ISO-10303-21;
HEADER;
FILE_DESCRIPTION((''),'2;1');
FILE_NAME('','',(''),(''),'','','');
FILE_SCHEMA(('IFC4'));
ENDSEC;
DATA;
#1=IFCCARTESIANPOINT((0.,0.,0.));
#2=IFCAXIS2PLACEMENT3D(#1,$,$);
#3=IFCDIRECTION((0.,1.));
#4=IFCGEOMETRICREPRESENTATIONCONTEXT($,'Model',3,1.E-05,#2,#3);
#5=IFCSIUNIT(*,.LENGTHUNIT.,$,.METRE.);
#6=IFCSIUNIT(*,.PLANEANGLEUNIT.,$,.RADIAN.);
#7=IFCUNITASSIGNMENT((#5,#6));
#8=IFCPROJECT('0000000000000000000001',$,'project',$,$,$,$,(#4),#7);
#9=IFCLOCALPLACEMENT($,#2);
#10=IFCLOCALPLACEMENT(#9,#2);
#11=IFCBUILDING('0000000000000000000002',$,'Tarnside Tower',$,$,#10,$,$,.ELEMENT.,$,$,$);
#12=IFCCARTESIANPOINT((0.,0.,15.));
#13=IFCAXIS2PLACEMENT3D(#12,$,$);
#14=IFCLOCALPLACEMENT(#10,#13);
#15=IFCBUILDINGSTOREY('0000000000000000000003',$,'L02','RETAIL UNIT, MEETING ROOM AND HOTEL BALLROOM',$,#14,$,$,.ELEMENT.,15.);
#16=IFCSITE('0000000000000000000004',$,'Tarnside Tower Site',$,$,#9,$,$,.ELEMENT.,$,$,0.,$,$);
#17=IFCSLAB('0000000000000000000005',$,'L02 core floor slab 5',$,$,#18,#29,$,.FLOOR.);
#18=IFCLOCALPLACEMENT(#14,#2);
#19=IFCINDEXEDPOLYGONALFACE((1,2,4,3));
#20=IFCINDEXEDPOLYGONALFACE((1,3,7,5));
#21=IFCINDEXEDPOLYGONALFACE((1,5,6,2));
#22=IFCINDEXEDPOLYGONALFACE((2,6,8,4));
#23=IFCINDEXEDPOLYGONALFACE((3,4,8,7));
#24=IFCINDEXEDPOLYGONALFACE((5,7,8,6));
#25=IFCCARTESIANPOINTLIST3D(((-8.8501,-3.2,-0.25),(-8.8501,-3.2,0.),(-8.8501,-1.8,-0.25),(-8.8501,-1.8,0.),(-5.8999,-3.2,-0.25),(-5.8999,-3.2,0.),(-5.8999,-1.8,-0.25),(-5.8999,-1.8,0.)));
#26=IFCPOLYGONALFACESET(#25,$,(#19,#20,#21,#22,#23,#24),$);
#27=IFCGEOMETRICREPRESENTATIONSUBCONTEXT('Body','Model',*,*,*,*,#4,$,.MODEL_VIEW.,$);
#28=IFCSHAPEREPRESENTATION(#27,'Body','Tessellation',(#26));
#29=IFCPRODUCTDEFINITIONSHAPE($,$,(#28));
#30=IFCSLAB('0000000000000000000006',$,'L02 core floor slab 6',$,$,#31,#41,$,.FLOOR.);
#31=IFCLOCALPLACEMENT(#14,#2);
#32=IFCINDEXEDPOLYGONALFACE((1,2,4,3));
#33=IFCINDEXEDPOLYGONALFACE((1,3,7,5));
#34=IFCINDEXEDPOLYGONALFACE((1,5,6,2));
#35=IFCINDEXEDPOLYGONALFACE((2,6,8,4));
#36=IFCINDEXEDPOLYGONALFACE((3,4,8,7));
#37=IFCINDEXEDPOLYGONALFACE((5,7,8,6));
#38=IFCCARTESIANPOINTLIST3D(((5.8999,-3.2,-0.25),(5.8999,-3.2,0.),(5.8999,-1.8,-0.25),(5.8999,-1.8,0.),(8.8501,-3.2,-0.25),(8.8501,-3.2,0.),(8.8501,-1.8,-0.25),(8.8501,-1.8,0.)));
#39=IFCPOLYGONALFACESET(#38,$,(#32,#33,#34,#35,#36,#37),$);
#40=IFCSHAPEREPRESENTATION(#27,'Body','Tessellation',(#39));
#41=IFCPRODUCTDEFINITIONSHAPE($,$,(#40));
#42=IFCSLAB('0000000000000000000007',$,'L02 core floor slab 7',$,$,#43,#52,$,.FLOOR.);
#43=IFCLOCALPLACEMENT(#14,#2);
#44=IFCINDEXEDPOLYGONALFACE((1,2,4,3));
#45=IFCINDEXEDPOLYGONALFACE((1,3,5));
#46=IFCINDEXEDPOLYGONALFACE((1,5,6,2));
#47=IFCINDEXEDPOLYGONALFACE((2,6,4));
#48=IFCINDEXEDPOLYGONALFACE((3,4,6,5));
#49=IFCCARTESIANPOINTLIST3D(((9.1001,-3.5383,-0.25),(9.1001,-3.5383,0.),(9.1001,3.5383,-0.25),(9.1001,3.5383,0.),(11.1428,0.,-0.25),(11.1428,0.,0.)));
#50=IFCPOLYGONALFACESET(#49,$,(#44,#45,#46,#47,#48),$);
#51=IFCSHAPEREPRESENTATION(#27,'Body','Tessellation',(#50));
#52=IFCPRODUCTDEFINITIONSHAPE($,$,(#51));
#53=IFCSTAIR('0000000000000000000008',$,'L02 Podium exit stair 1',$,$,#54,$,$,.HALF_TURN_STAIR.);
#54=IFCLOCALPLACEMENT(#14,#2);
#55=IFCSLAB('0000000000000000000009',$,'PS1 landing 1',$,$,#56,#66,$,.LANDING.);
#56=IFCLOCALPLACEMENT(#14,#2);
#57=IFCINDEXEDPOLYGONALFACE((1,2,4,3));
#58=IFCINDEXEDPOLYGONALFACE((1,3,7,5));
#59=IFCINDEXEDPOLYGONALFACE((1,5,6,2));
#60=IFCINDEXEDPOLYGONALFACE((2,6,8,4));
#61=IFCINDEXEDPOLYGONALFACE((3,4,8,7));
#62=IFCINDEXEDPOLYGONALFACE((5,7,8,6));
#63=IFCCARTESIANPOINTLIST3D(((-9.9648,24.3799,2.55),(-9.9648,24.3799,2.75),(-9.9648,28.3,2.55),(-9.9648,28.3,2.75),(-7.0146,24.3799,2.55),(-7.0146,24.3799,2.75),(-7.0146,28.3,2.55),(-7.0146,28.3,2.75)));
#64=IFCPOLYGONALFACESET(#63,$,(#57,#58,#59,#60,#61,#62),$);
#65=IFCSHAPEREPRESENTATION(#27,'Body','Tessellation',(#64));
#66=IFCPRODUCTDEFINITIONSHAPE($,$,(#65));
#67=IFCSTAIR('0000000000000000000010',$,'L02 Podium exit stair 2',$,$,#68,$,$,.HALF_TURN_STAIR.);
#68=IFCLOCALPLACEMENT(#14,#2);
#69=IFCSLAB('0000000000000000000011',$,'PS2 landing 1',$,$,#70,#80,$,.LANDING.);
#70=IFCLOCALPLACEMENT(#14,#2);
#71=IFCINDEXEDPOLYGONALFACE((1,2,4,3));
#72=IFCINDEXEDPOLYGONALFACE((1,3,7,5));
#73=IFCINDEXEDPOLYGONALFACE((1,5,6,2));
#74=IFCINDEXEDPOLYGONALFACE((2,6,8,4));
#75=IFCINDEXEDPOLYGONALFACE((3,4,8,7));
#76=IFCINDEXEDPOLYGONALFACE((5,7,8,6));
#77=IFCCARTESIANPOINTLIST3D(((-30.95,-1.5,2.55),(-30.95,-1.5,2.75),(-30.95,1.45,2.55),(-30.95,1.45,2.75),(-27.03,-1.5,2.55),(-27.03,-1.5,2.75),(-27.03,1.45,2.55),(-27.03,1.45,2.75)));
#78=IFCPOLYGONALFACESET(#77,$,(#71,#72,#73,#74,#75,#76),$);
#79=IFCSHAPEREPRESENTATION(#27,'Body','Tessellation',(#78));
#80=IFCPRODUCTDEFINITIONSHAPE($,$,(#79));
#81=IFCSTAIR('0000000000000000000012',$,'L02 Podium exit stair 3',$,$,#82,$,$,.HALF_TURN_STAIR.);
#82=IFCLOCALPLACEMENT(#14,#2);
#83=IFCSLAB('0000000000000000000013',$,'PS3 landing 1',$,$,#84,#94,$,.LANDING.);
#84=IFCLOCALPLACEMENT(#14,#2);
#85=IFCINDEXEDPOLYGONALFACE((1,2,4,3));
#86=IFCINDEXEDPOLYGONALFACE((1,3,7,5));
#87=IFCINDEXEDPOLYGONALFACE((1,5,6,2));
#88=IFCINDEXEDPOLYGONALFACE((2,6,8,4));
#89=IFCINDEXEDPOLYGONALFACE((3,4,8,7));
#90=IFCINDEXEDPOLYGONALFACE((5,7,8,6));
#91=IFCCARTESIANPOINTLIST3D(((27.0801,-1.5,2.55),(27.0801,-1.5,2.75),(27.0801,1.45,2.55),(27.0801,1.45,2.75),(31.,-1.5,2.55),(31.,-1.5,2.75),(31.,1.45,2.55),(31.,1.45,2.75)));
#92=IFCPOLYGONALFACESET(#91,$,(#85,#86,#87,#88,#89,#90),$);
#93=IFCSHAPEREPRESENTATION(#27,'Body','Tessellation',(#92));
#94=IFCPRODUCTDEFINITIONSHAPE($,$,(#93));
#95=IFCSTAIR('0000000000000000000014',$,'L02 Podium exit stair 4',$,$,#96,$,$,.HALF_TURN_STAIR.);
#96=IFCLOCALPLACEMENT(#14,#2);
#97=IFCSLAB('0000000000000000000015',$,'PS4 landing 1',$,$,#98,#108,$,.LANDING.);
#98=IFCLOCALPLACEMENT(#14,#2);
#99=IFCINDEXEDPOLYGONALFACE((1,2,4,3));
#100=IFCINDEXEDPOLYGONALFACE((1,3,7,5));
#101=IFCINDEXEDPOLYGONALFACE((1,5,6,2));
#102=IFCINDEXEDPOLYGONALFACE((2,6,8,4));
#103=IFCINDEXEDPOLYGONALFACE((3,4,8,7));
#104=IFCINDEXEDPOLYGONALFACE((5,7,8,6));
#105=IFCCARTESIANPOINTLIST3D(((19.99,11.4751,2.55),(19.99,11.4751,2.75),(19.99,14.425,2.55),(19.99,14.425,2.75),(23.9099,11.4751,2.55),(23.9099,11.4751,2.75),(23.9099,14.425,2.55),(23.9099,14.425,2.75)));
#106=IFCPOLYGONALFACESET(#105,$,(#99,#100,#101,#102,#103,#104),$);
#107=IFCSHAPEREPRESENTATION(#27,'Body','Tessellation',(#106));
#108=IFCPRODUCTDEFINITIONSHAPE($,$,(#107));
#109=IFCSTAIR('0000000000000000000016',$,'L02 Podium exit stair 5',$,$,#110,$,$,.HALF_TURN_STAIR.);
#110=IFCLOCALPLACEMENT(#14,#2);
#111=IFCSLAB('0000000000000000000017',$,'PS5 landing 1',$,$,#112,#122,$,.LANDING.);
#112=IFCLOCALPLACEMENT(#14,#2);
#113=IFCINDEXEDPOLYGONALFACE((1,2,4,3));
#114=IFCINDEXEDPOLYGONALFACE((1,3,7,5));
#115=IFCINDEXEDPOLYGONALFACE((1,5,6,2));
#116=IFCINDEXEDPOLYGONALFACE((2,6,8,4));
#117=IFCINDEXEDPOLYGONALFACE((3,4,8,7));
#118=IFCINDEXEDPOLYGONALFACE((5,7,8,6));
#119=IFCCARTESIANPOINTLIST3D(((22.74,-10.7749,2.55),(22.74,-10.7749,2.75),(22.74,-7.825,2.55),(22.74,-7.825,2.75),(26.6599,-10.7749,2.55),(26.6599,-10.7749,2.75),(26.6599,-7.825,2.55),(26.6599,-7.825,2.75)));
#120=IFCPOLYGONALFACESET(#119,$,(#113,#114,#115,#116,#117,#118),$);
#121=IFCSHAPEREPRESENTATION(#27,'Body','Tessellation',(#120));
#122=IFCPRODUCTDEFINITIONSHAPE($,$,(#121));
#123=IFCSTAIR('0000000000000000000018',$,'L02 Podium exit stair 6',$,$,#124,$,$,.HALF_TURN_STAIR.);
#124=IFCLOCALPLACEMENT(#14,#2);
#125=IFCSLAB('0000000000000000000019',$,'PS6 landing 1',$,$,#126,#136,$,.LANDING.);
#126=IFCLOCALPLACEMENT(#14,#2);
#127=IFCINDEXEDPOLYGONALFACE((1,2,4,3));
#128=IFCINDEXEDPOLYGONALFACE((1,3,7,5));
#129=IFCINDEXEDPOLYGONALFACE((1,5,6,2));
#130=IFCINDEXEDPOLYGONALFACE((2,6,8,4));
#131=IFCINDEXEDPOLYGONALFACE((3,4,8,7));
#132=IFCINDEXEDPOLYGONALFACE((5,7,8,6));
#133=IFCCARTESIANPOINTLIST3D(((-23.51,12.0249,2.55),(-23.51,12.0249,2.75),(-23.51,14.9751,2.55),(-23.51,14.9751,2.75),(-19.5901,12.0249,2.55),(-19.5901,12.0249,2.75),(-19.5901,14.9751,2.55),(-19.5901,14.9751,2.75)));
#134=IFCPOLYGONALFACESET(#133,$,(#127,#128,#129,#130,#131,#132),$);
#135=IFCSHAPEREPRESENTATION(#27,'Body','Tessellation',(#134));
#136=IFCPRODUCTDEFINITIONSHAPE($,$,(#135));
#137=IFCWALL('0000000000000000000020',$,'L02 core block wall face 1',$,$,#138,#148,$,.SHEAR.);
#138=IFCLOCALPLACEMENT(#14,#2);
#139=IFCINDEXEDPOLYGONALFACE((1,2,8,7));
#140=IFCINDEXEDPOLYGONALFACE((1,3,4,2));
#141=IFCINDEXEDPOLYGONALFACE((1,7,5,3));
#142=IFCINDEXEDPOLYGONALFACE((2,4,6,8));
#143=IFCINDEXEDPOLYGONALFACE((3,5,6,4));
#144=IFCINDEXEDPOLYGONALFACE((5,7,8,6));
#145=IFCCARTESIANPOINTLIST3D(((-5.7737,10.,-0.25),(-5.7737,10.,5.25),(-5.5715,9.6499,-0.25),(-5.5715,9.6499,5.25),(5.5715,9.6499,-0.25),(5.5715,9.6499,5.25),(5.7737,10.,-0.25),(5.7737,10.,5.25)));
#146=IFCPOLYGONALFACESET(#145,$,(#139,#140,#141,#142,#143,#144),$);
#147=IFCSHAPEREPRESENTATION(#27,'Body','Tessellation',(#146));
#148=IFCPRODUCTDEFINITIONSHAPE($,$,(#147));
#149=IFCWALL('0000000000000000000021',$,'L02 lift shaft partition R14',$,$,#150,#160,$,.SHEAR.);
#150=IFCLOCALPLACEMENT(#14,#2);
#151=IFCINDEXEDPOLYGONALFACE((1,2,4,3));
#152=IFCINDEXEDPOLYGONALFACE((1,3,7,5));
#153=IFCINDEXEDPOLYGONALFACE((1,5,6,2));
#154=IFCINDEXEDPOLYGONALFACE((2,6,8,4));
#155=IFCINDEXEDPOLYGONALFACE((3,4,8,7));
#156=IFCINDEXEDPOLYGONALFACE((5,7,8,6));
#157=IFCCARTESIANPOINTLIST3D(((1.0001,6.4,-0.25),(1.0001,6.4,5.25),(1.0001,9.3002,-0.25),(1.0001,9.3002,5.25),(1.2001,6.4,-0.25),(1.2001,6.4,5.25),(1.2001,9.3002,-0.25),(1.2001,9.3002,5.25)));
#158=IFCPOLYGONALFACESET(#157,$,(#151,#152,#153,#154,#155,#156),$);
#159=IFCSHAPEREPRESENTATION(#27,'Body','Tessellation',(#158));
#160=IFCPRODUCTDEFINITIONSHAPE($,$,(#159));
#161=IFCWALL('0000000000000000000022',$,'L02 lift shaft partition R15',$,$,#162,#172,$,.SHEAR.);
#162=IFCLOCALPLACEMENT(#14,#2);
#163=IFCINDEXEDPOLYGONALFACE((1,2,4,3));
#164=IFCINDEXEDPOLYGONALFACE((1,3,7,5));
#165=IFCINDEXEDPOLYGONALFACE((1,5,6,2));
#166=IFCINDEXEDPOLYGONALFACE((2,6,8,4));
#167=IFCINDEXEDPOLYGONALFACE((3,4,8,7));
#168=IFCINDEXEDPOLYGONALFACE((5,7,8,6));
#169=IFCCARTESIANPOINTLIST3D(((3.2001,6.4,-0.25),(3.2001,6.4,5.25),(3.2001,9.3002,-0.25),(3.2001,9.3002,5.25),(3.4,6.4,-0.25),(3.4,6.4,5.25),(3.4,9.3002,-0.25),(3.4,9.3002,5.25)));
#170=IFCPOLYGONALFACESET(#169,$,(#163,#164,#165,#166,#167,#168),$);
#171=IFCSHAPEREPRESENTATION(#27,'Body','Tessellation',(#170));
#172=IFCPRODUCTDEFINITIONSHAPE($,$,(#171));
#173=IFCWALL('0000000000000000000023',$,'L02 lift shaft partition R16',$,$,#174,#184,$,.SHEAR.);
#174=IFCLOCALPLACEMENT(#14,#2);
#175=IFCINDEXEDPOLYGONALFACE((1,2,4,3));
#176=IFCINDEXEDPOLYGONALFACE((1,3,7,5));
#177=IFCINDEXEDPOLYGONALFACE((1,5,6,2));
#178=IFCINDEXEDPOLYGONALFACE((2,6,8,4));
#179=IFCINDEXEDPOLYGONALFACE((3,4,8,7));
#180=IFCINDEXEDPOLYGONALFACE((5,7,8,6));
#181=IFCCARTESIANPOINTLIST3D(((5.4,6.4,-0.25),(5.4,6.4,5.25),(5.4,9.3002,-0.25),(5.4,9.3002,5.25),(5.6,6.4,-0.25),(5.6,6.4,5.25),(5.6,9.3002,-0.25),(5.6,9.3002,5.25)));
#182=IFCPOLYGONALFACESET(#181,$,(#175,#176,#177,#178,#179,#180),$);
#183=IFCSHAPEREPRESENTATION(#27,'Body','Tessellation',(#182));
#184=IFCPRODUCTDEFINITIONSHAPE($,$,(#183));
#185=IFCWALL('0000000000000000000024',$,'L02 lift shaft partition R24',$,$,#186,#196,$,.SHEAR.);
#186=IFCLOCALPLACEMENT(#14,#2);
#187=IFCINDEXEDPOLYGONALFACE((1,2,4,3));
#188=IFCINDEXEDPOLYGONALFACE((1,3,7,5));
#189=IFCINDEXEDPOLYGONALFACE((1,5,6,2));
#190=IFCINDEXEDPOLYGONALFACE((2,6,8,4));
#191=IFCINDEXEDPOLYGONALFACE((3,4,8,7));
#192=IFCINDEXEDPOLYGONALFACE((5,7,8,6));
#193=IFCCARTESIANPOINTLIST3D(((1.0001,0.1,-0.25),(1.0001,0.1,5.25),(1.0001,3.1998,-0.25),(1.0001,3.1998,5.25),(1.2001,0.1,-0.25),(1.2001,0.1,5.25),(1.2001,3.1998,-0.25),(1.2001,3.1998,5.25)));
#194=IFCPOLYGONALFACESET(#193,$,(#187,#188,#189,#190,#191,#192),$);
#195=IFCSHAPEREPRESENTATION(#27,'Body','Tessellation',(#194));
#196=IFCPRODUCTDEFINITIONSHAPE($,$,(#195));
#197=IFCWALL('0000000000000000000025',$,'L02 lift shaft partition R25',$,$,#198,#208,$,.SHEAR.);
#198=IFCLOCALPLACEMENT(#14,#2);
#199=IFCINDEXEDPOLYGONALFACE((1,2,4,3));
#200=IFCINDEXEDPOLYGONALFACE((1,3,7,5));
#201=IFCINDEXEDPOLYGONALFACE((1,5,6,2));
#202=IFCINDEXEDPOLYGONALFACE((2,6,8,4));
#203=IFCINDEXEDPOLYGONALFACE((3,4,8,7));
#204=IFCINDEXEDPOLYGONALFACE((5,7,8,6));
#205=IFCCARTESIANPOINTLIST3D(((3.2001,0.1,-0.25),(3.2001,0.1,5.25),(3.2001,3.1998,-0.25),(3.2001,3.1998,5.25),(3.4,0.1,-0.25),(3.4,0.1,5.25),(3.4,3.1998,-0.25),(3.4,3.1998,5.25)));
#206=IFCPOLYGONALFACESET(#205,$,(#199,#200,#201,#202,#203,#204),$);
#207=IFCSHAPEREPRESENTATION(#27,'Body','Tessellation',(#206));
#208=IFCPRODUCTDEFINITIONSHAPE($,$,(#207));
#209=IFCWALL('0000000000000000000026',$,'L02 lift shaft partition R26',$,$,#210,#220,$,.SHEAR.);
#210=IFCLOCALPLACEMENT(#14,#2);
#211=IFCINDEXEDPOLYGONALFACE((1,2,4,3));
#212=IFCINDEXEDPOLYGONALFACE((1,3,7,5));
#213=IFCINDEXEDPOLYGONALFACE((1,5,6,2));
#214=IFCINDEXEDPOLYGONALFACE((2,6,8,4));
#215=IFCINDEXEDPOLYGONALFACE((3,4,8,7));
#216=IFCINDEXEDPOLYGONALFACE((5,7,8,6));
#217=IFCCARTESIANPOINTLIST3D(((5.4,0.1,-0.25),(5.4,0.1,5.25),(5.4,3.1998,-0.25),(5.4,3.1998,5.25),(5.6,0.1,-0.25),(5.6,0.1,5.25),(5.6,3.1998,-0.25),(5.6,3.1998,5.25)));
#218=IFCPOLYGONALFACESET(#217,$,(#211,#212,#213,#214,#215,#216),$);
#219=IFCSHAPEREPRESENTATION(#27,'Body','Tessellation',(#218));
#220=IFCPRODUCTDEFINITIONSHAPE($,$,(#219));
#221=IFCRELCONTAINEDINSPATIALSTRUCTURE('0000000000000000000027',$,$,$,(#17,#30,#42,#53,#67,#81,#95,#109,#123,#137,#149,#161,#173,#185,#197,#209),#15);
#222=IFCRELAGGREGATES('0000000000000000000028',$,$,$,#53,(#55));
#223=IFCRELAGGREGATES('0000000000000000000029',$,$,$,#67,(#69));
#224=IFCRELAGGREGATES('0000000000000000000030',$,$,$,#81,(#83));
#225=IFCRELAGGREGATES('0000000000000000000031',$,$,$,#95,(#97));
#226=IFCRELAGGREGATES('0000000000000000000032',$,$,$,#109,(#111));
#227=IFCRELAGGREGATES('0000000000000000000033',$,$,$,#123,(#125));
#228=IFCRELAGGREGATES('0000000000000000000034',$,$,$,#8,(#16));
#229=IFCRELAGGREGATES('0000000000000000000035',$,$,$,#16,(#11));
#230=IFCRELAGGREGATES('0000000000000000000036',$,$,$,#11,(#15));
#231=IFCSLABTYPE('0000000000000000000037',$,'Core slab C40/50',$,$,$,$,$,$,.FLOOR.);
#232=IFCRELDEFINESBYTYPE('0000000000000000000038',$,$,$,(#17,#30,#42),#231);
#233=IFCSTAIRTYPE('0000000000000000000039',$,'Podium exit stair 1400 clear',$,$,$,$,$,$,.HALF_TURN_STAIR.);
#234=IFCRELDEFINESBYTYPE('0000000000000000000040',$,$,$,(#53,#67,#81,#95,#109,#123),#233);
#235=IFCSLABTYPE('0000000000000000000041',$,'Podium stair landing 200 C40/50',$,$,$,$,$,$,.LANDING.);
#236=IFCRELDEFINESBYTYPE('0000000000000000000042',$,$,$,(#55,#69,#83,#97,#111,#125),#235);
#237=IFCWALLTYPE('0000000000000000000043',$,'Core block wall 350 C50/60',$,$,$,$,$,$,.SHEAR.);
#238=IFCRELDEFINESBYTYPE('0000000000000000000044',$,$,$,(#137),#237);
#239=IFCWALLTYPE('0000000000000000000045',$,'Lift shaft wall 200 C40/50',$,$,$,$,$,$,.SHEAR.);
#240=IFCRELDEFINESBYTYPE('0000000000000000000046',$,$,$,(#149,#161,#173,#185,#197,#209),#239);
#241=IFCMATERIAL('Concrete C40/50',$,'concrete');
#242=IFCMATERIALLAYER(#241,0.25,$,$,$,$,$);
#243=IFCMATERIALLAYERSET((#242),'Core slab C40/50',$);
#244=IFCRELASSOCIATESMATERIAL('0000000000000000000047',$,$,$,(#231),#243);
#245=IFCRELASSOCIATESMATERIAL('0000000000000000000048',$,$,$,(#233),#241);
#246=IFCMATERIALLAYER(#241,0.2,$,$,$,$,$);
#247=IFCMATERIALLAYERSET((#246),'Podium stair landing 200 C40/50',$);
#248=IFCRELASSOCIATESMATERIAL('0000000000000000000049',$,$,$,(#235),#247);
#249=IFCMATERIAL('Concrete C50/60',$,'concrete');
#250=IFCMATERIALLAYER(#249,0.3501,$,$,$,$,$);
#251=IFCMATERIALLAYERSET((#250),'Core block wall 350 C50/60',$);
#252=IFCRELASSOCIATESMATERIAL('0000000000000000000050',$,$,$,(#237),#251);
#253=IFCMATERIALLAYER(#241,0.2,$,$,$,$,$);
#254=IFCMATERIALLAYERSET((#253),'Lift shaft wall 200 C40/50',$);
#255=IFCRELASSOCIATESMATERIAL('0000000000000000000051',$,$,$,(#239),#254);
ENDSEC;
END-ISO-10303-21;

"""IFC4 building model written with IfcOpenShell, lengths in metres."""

from ifc_helpers import new_model, si_unit, direction, frame, frame_2d, origin, place, context, subcontext, project, spatial, polyline, rectangle, outline, extrude, material, layer, layer_set, type_object, element, aggregate, save


model = new_model("IFC4")

# Units and contexts
model_context = context("Model", 3, precision=1e-05, world=origin(), true_north=direction((0.0, 1.0)))
body_context = subcontext(model_context, "Body", "Model", "MODEL_VIEW")
ifc_project = project(units=[si_unit("LENGTHUNIT", "METRE"), si_unit("PLANEANGLEUNIT", "RADIAN")], contexts=[model_context])

# Site, building, storey
site_placement = place(None, origin())
site = spatial("IfcSite", under=ifc_project, at=site_placement, Name="Tarnside Tower Site", CompositionType="ELEMENT", RefElevation=0.0)
building_placement = place(site_placement, origin())
building = spatial("IfcBuilding", under=site, at=building_placement, Name="Tarnside Tower", CompositionType="ELEMENT")
storey_placement = place(building_placement, frame((0.0, 0.0, 15.0)))
storey = spatial("IfcBuildingStorey", under=building, at=storey_placement, Name="L02", Description="RETAIL UNIT, MEETING ROOM AND HOTEL BALLROOM", CompositionType="ELEMENT", Elevation=15.0)

# Slabs
ifc_material_1 = material(Name="Concrete C40/50", Category="concrete")
ifc_layer_1 = layer(ifc_material_1, 0.25)
ifc_layer_set_1 = layer_set([ifc_layer_1], Name="Core slab C40/50")
slab_type_1 = type_object("IfcSlabType", Name="Core slab C40/50", PredefinedType="FLOOR", material=ifc_layer_set_1)
slab_1_placement = place(storey_placement, frame((0.0, 0.0, -0.25)))
element("IfcSlab", 1, at=slab_1_placement, inside=storey, type_object=slab_type_1, Name="L02 core floor slab 5", PredefinedType="FLOOR", context=body_context, shape_type="SweptSolid", body=[
    extrude(outline(polyline([(-8.8501, -1.8), (-5.8999, -1.8), (-5.8999, -3.2), (-8.8501, -3.2), (-8.8501, -1.8)])), origin(), (0.0, 0.0, 1.0), 0.25),
])
slab_2_placement = place(storey_placement, frame((0.0, 0.0, -0.25)))
element("IfcSlab", 2, at=slab_2_placement, inside=storey, type_object=slab_type_1, Name="L02 core floor slab 6", PredefinedType="FLOOR", context=body_context, shape_type="SweptSolid", body=[
    extrude(outline(polyline([(5.8999, -3.2), (5.8999, -1.8), (8.8501, -1.8), (8.8501, -3.2), (5.8999, -3.2)])), origin(), (0.0, 0.0, 1.0), 0.25),
])
slab_3_placement = place(storey_placement, frame((0.0, 0.0, -0.25)))
element("IfcSlab", 3, at=slab_3_placement, inside=storey, type_object=slab_type_1, Name="L02 core floor slab 7", PredefinedType="FLOOR", context=body_context, shape_type="SweptSolid", body=[
    extrude(outline(polyline([(9.1001, -3.5383), (9.1001, 3.5383), (11.1428, 0.0), (9.1001, -3.5383)])), origin(), (0.0, 0.0, 1.0), 0.25),
])

# Stairs, slabs
stair_type_1 = type_object("IfcStairType", Name="Podium exit stair 1400 clear", PredefinedType="HALF_TURN_STAIR", material=ifc_material_1)
stair_1_placement = place(storey_placement, origin())
stair_1 = element("IfcStair", 4, at=stair_1_placement, inside=storey, type_object=stair_type_1, Name="L02 Podium exit stair 1", PredefinedType="HALF_TURN_STAIR")
ifc_layer_2 = layer(ifc_material_1, 0.2)
ifc_layer_set_2 = layer_set([ifc_layer_2], Name="Podium stair landing 200 C40/50")
slab_type_2 = type_object("IfcSlabType", Name="Podium stair landing 200 C40/50", PredefinedType="LANDING", material=ifc_layer_set_2)
slab_4_placement = place(storey_placement, frame((0.0, 0.0, 2.55)))
slab_4 = element("IfcSlab", 5, at=slab_4_placement, type_object=slab_type_2, Name="PS1 landing 1", PredefinedType="LANDING", context=body_context, shape_type="SweptSolid", body=[
    extrude(outline(polyline([(-7.0146, 24.3799), (-7.0146, 28.3), (-9.9648, 28.3), (-9.9648, 24.3799), (-7.0146, 24.3799)])), origin(), (0.0, 0.0, 1.0), 0.2),
])
aggregate(stair_1, [slab_4])
stair_2_placement = place(storey_placement, origin())
stair_2 = element("IfcStair", 6, at=stair_2_placement, inside=storey, type_object=stair_type_1, Name="L02 Podium exit stair 2", PredefinedType="HALF_TURN_STAIR")
slab_5_placement = place(storey_placement, frame((0.0, 0.0, 2.55)))
slab_5 = element("IfcSlab", 7, at=slab_5_placement, type_object=slab_type_2, Name="PS2 landing 1", PredefinedType="LANDING", context=body_context, shape_type="SweptSolid", body=[
    extrude(outline(polyline([(-27.03, 1.45), (-30.95, 1.45), (-30.95, -1.5), (-27.03, -1.5), (-27.03, 1.45)])), origin(), (0.0, 0.0, 1.0), 0.2),
])
aggregate(stair_2, [slab_5])
stair_3_placement = place(storey_placement, origin())
stair_3 = element("IfcStair", 8, at=stair_3_placement, inside=storey, type_object=stair_type_1, Name="L02 Podium exit stair 3", PredefinedType="HALF_TURN_STAIR")
slab_6_placement = place(storey_placement, frame((0.0, 0.0, 2.55)))
slab_6 = element("IfcSlab", 9, at=slab_6_placement, type_object=slab_type_2, Name="PS3 landing 1", PredefinedType="LANDING", context=body_context, shape_type="SweptSolid", body=[
    extrude(outline(polyline([(27.0801, -1.5), (31.0, -1.5), (31.0, 1.45), (27.0801, 1.45), (27.0801, -1.5)])), origin(), (0.0, 0.0, 1.0), 0.2),
])
aggregate(stair_3, [slab_6])
stair_4_placement = place(storey_placement, origin())
stair_4 = element("IfcStair", 10, at=stair_4_placement, inside=storey, type_object=stair_type_1, Name="L02 Podium exit stair 4", PredefinedType="HALF_TURN_STAIR")
slab_7_placement = place(storey_placement, frame((0.0, 0.0, 2.55)))
slab_7 = element("IfcSlab", 11, at=slab_7_placement, type_object=slab_type_2, Name="PS4 landing 1", PredefinedType="LANDING", context=body_context, shape_type="SweptSolid", body=[
    extrude(outline(polyline([(19.99, 11.4751), (23.9099, 11.4751), (23.9099, 14.425), (19.99, 14.425), (19.99, 11.4751)])), origin(), (0.0, 0.0, 1.0), 0.2),
])
aggregate(stair_4, [slab_7])
stair_5_placement = place(storey_placement, origin())
stair_5 = element("IfcStair", 12, at=stair_5_placement, inside=storey, type_object=stair_type_1, Name="L02 Podium exit stair 5", PredefinedType="HALF_TURN_STAIR")
slab_8_placement = place(storey_placement, frame((0.0, 0.0, 2.55)))
slab_8 = element("IfcSlab", 13, at=slab_8_placement, type_object=slab_type_2, Name="PS5 landing 1", PredefinedType="LANDING", context=body_context, shape_type="SweptSolid", body=[
    extrude(outline(polyline([(22.74, -10.7749), (26.6599, -10.7749), (26.6599, -7.825), (22.74, -7.825), (22.74, -10.7749)])), origin(), (0.0, 0.0, 1.0), 0.2),
])
aggregate(stair_5, [slab_8])
stair_6_placement = place(storey_placement, origin())
stair_6 = element("IfcStair", 14, at=stair_6_placement, inside=storey, type_object=stair_type_1, Name="L02 Podium exit stair 6", PredefinedType="HALF_TURN_STAIR")
slab_9_placement = place(storey_placement, frame((0.0, 0.0, 2.55)))
slab_9 = element("IfcSlab", 15, at=slab_9_placement, type_object=slab_type_2, Name="PS6 landing 1", PredefinedType="LANDING", context=body_context, shape_type="SweptSolid", body=[
    extrude(outline(polyline([(-19.5901, 14.9751), (-23.51, 14.9751), (-23.51, 12.0249), (-19.5901, 12.0249), (-19.5901, 14.9751)])), origin(), (0.0, 0.0, 1.0), 0.2),
])
aggregate(stair_6, [slab_9])

# Walls
ifc_material_2 = material(Name="Concrete C50/60", Category="concrete")
ifc_layer_3 = layer(ifc_material_2, 0.3501)
ifc_layer_set_3 = layer_set([ifc_layer_3], Name="Core block wall 350 C50/60")
wall_type_1 = type_object("IfcWallType", Name="Core block wall 350 C50/60", PredefinedType="SHEAR", material=ifc_layer_set_3)
wall_1_placement = place(storey_placement, frame((5.6726, 9.825, -0.25), z_axis=(0.0, 0.0, 1.0), x_axis=(-1.0, 0.0, 0.0)))
element("IfcWall", 16, at=wall_1_placement, inside=storey, type_object=wall_type_1, Name="L02 core block wall face 1", PredefinedType="SHEAR", context=body_context, shape_type="SweptSolid", body=[
    extrude(outline(polyline([(-0.1011, -0.175), (11.4463, -0.175), (11.2441, 0.175), (0.1011, 0.175), (-0.1011, -0.175)])), origin(), (0.0, 0.0, 1.0), 5.5),
])
ifc_layer_4 = layer(ifc_material_1, 0.2)
ifc_layer_set_4 = layer_set([ifc_layer_4], Name="Lift shaft wall 200 C40/50")
wall_type_2 = type_object("IfcWallType", Name="Lift shaft wall 200 C40/50", PredefinedType="SHEAR", material=ifc_layer_set_4)
for number, where, z_axis, x_axis, name in (
    (17, (1.1001, 6.3999, -0.25), (0.0, 0.0, 1.0), (0.0, 1.0, 0.0), "L02 lift shaft partition R14"),
    (18, (3.3, 6.3999, -0.25), (0.0, 0.0, 1.0), (0.0, 1.0, 0.0), "L02 lift shaft partition R15"),
    (19, (5.5, 6.3999, -0.25), (0.0, 0.0, 1.0), (0.0, 1.0, 0.0), "L02 lift shaft partition R16"),
):
    element("IfcWall", number, at=place(storey_placement, frame(where, z_axis=z_axis, x_axis=x_axis)), inside=storey, type_object=wall_type_2, Name=name, PredefinedType="SHEAR", context=body_context, shape_type="SweptSolid", body=[
        extrude(rectangle(XDim=2.9001, YDim=0.2, at=frame_2d((1.4502, 0.0))), origin(), (0.0, 0.0, 1.0), 5.5),
    ])
for number, where, z_axis, x_axis, name in (
    (20, (1.1001, 0.1001, -0.25), (0.0, 0.0, 1.0), (0.0, 1.0, 0.0), "L02 lift shaft partition R24"),
    (21, (3.3, 0.1001, -0.25), (0.0, 0.0, 1.0), (0.0, 1.0, 0.0), "L02 lift shaft partition R25"),
    (22, (5.5, 0.1001, -0.25), (0.0, 0.0, 1.0), (0.0, 1.0, 0.0), "L02 lift shaft partition R26"),
):
    element("IfcWall", number, at=place(storey_placement, frame(where, z_axis=z_axis, x_axis=x_axis)), inside=storey, type_object=wall_type_2, Name=name, PredefinedType="SHEAR", context=body_context, shape_type="SweptSolid", body=[
        extrude(rectangle(XDim=3.0999, YDim=0.2, at=frame_2d((1.5498, 0.0))), origin(), (0.0, 0.0, 1.0), 5.5),
    ])

save(model, "model.ifc")
